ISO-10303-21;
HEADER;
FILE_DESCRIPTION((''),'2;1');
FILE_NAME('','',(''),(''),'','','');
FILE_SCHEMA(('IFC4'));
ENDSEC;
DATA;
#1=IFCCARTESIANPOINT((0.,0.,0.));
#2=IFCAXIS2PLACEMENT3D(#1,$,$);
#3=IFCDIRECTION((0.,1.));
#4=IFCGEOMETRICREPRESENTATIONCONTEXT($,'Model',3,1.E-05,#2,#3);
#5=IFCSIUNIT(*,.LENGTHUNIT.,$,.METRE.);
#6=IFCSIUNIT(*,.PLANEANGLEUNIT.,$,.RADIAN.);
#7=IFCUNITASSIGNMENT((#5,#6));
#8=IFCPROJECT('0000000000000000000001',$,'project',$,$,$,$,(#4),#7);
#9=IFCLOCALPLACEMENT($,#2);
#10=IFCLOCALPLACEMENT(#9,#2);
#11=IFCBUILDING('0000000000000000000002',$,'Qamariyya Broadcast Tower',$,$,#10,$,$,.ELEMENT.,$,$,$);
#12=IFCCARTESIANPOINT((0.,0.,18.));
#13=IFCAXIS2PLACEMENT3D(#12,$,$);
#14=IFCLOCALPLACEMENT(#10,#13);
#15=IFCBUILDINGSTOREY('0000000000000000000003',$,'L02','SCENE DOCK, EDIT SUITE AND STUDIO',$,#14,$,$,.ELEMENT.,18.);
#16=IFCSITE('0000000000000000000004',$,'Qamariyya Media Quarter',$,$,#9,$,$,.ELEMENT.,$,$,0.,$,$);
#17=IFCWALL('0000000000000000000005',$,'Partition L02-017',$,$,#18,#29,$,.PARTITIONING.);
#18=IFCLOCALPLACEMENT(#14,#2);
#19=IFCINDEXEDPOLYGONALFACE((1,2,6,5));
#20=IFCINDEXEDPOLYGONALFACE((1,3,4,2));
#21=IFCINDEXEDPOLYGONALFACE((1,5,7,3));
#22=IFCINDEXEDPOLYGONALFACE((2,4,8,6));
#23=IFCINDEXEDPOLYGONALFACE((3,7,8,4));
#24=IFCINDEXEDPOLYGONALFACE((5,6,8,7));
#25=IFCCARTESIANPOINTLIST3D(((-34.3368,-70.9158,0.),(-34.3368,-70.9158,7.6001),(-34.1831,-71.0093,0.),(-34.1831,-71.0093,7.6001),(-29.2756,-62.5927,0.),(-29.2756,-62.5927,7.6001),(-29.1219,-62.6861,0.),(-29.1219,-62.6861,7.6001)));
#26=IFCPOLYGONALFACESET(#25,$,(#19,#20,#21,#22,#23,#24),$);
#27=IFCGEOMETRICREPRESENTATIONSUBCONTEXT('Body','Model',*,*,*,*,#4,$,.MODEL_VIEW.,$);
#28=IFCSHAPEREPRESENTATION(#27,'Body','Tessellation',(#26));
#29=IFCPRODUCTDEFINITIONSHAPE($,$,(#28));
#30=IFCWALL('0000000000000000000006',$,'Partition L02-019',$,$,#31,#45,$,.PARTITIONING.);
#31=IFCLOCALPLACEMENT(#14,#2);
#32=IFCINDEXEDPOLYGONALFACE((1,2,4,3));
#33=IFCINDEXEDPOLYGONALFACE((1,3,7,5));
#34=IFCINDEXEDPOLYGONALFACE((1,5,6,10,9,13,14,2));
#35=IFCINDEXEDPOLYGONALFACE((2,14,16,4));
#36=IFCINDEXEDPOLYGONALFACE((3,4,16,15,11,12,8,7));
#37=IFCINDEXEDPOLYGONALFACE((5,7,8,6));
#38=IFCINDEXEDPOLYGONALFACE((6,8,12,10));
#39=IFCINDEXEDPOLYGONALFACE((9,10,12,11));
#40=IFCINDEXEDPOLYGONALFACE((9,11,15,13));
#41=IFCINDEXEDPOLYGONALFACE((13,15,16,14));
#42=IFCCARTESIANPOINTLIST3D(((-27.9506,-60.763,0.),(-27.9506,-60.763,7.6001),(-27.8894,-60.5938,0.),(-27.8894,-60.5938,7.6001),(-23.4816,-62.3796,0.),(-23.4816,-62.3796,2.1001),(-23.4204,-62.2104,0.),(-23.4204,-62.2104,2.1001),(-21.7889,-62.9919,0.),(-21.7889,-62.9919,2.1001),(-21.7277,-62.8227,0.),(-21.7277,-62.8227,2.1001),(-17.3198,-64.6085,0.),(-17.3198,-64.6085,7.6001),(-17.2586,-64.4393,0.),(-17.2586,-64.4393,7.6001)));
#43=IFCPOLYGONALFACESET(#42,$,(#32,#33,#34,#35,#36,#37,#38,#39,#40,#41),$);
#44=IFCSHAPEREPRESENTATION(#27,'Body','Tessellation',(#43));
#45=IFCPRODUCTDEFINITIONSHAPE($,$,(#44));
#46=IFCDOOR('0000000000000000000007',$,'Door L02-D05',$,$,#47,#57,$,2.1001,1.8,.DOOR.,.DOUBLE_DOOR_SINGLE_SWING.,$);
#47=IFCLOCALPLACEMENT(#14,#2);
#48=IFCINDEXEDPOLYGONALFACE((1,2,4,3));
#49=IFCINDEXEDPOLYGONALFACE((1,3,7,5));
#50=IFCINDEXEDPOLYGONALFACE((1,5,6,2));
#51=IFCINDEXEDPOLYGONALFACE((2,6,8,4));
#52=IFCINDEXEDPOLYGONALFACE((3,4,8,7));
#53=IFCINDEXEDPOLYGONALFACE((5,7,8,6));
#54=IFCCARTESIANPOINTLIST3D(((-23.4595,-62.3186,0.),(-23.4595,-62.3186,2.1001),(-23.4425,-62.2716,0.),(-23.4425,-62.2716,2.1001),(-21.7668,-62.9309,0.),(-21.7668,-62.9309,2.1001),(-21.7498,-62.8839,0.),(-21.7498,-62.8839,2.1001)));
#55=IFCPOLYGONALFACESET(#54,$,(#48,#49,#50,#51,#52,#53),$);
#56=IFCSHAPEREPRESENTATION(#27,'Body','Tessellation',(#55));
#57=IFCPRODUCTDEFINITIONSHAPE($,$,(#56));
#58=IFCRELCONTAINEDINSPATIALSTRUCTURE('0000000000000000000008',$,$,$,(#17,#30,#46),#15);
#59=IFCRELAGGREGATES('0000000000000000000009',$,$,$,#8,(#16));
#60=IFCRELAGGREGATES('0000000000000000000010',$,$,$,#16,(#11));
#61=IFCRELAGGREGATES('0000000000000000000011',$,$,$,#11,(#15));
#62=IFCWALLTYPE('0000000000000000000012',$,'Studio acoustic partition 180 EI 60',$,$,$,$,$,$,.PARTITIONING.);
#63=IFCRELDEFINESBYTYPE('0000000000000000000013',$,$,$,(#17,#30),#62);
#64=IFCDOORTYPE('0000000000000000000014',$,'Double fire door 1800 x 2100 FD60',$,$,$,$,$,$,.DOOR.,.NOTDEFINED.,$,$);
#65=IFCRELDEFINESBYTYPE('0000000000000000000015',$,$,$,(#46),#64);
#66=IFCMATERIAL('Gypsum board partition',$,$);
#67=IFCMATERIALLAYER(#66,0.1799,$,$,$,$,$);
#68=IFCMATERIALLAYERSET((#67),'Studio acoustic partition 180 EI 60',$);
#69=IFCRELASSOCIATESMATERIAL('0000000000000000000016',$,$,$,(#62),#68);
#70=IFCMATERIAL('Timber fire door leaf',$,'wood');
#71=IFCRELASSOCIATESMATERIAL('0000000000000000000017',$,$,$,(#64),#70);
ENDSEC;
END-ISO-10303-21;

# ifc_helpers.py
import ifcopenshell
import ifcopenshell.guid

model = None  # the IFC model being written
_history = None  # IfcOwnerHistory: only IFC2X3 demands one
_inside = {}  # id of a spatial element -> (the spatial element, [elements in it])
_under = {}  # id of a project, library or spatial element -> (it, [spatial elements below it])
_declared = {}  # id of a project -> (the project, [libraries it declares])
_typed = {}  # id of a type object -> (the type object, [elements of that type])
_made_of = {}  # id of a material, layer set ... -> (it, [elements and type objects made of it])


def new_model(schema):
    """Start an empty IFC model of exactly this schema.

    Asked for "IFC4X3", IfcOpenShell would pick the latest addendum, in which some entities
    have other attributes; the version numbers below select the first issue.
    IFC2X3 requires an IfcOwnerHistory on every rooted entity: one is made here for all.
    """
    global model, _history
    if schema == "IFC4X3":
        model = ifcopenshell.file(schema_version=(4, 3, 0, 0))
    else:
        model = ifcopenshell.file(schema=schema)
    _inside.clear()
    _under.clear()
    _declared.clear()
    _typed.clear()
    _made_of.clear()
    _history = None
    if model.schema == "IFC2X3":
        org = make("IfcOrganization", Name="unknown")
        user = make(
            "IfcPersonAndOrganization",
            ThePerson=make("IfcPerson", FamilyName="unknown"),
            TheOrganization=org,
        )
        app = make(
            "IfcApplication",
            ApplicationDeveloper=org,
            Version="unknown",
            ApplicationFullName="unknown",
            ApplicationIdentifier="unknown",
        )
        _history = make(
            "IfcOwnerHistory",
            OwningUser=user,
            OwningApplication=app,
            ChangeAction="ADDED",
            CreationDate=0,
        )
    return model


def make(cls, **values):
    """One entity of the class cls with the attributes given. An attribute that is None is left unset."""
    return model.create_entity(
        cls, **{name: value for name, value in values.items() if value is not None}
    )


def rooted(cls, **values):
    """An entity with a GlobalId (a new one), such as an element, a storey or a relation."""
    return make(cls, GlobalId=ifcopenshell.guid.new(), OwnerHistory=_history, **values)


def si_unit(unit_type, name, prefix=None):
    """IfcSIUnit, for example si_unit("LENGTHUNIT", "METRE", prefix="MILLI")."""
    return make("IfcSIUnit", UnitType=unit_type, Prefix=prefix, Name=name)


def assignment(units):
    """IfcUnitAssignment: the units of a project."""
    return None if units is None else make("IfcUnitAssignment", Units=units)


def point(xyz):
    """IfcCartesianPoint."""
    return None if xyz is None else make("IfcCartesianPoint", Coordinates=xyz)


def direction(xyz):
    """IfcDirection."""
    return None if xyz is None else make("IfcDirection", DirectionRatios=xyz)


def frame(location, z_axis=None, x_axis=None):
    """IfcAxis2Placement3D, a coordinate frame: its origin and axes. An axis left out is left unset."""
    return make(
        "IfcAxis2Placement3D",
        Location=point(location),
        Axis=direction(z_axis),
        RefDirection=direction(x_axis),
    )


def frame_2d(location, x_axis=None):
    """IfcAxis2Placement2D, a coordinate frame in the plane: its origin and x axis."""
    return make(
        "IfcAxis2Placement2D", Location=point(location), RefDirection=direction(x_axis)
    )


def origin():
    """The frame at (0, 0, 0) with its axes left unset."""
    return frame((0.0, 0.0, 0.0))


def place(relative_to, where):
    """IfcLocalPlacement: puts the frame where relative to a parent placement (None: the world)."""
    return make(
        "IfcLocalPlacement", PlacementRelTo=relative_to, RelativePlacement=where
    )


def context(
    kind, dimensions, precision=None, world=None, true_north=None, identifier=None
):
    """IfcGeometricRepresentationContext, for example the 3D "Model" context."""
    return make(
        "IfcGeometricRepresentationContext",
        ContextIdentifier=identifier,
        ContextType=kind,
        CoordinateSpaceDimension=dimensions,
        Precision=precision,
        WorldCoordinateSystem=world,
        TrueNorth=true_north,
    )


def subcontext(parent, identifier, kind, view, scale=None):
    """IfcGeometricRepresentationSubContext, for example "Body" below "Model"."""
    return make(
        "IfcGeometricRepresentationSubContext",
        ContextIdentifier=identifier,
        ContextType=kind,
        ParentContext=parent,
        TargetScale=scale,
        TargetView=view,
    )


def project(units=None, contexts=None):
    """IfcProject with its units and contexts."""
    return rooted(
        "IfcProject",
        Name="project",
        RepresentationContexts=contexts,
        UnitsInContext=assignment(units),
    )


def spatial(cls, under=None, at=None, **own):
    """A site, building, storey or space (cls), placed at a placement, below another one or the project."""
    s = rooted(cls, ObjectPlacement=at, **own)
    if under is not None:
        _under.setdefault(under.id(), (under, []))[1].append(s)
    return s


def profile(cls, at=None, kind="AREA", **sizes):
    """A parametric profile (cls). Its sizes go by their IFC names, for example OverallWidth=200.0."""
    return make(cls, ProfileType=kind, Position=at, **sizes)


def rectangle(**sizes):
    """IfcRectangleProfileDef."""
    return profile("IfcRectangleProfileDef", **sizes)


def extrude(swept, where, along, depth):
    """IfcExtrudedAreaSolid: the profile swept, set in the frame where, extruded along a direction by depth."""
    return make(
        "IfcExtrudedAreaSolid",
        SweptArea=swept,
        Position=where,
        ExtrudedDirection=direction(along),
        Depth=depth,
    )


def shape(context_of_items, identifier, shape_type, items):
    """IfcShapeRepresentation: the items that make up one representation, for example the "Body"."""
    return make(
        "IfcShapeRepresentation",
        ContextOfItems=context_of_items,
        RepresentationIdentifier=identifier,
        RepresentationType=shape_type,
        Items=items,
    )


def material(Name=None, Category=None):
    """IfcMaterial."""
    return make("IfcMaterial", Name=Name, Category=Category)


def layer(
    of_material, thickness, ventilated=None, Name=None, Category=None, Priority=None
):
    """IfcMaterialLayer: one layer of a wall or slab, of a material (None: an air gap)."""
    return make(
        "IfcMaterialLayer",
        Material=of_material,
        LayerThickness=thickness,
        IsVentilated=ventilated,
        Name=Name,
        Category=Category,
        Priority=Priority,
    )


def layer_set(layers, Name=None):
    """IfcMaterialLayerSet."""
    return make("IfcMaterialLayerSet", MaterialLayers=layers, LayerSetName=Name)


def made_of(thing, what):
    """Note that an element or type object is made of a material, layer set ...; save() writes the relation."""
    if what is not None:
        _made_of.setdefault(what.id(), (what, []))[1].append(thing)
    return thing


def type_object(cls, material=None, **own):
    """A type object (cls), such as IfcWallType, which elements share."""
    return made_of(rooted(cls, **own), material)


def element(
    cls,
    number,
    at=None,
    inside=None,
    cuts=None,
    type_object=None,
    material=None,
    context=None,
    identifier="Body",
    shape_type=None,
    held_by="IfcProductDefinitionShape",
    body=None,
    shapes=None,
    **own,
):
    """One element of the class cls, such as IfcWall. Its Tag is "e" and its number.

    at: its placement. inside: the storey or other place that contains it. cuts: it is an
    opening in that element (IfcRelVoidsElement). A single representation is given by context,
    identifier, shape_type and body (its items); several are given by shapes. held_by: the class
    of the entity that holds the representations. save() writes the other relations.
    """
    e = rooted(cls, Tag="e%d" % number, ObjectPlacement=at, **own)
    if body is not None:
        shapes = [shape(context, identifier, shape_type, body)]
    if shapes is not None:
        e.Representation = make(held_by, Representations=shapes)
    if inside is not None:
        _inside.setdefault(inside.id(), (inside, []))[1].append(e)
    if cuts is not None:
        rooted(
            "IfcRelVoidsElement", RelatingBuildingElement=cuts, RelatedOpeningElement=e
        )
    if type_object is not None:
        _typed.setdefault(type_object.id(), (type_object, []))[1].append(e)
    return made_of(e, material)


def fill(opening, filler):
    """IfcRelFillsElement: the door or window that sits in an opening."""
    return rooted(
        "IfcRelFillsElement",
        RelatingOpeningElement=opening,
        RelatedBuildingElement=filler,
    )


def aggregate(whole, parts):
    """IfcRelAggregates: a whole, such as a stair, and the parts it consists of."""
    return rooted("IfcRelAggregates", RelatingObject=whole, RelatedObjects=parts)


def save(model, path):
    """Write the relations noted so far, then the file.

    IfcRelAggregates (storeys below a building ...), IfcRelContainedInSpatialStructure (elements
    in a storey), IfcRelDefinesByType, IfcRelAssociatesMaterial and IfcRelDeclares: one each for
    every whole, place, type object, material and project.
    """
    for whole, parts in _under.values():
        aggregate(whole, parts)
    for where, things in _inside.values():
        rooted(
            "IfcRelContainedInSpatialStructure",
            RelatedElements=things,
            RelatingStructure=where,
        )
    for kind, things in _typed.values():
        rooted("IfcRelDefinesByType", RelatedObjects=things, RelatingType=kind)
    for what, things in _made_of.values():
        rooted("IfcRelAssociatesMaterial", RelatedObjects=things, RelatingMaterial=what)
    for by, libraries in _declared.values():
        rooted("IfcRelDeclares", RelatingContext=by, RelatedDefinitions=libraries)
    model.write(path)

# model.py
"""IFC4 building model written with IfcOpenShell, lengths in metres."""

from ifc_helpers import new_model, si_unit, direction, frame, frame_2d, origin, place, context, subcontext, project, spatial, rectangle, extrude, material, layer, layer_set, type_object, element, fill, save


model = new_model("IFC4")

# Units and contexts
model_context = context("Model", 3, precision=1e-05, world=origin(), true_north=direction((0.0, 1.0)))
body_context = subcontext(model_context, "Body", "Model", "MODEL_VIEW")
ifc_project = project(units=[si_unit("LENGTHUNIT", "METRE"), si_unit("PLANEANGLEUNIT", "RADIAN")], contexts=[model_context])

# Site, building, storey
site_placement = place(None, origin())
site = spatial("IfcSite", under=ifc_project, at=site_placement, Name="Qamariyya Media Quarter", CompositionType="ELEMENT", RefElevation=0.0)
building_placement = place(site_placement, origin())
building = spatial("IfcBuilding", under=site, at=building_placement, Name="Qamariyya Broadcast Tower", CompositionType="ELEMENT")
storey_placement = place(building_placement, frame((0.0, 0.0, 18.0)))
storey = spatial("IfcBuildingStorey", under=building, at=storey_placement, Name="L02", Description="SCENE DOCK, EDIT SUITE AND STUDIO", CompositionType="ELEMENT", Elevation=18.0)

# Shared definitions
ifc_material_1 = material(Name="Gypsum board partition")

# Wall
ifc_layer_1 = layer(ifc_material_1, 0.1799)
ifc_layer_set_1 = layer_set([ifc_layer_1], Name="Studio acoustic partition 180 EI 60")
wall_type_1 = type_object("IfcWallType", Name="Studio acoustic partition 180 EI 60", PredefinedType="PARTITIONING", material=ifc_layer_set_1)
wall_1_placement = place(storey_placement, frame((-29.1987, -62.6394, 0.0), z_axis=(0.0, 0.0, 1.0), x_axis=(-0.519569, -0.854428, 0.0)))
element("IfcWall", 1, at=wall_1_placement, inside=storey, type_object=wall_type_1, Name="Partition L02-017", PredefinedType="PARTITIONING", context=body_context, shape_type="SweptSolid", body=[
    extrude(rectangle(XDim=9.7412, YDim=0.1799, at=frame_2d((4.8706, 0.0))), origin(), (0.0, 0.0, 1.0), 7.6001),
])

# Wall, opening, door
wall_2_placement = place(storey_placement, frame((-27.9199, -60.6785, 0.0), z_axis=(0.0, 0.0, 1.0), x_axis=(0.940369, -0.340156, 0.0)))
wall_2 = element("IfcWall", 2, at=wall_2_placement, inside=storey, type_object=wall_type_1, Name="Partition L02-019", PredefinedType="PARTITIONING", context=body_context, shape_type="SweptSolid", body=[
    extrude(rectangle(XDim=11.3049, YDim=0.1799, at=frame_2d((5.6523, 0.0))), origin(), (0.0, 0.0, 1.0), 7.6001),
])
opening_1_placement = place(wall_2_placement, frame((4.7524, 0.0, 0.0)))
opening_1 = element("IfcOpeningElement", 3, at=opening_1_placement, cuts=wall_2, PredefinedType="OPENING", context=body_context, shape_type="SweptSolid", body=[
    extrude(rectangle(XDim=1.8, YDim=2.1001, at=frame_2d((0.8999, 1.05))), frame((0.0, 0.0999, 0.0), z_axis=(0.0, -1.0, 0.0), x_axis=(1.0, 0.0, 0.0)), (0.0, 0.0, 1.0), 0.2),
])
ifc_material_2 = material(Name="Timber fire door leaf", Category="wood")
door_type_1 = type_object("IfcDoorType", Name="Double fire door 1800 x 2100 FD60", OperationType="NOTDEFINED", PredefinedType="DOOR", material=ifc_material_2)
door_1_placement = place(opening_1_placement, origin())
door_1 = element("IfcDoor", 4, at=door_1_placement, inside=storey, type_object=door_type_1, Name="Door L02-D05", OperationType="DOUBLE_DOOR_SINGLE_SWING", OverallHeight=2.1001, OverallWidth=1.8, PredefinedType="DOOR", context=body_context, shape_type="SweptSolid", body=[
    extrude(rectangle(XDim=1.8, YDim=2.1001, at=frame_2d((0.8999, 1.05))), frame((0.0, 0.0249, 0.0), z_axis=(0.0, -1.0, 0.0), x_axis=(1.0, 0.0, 0.0)), (0.0, 0.0, 1.0), 0.05),
])
fill(opening_1, door_1)

save(model, "model.ifc")
